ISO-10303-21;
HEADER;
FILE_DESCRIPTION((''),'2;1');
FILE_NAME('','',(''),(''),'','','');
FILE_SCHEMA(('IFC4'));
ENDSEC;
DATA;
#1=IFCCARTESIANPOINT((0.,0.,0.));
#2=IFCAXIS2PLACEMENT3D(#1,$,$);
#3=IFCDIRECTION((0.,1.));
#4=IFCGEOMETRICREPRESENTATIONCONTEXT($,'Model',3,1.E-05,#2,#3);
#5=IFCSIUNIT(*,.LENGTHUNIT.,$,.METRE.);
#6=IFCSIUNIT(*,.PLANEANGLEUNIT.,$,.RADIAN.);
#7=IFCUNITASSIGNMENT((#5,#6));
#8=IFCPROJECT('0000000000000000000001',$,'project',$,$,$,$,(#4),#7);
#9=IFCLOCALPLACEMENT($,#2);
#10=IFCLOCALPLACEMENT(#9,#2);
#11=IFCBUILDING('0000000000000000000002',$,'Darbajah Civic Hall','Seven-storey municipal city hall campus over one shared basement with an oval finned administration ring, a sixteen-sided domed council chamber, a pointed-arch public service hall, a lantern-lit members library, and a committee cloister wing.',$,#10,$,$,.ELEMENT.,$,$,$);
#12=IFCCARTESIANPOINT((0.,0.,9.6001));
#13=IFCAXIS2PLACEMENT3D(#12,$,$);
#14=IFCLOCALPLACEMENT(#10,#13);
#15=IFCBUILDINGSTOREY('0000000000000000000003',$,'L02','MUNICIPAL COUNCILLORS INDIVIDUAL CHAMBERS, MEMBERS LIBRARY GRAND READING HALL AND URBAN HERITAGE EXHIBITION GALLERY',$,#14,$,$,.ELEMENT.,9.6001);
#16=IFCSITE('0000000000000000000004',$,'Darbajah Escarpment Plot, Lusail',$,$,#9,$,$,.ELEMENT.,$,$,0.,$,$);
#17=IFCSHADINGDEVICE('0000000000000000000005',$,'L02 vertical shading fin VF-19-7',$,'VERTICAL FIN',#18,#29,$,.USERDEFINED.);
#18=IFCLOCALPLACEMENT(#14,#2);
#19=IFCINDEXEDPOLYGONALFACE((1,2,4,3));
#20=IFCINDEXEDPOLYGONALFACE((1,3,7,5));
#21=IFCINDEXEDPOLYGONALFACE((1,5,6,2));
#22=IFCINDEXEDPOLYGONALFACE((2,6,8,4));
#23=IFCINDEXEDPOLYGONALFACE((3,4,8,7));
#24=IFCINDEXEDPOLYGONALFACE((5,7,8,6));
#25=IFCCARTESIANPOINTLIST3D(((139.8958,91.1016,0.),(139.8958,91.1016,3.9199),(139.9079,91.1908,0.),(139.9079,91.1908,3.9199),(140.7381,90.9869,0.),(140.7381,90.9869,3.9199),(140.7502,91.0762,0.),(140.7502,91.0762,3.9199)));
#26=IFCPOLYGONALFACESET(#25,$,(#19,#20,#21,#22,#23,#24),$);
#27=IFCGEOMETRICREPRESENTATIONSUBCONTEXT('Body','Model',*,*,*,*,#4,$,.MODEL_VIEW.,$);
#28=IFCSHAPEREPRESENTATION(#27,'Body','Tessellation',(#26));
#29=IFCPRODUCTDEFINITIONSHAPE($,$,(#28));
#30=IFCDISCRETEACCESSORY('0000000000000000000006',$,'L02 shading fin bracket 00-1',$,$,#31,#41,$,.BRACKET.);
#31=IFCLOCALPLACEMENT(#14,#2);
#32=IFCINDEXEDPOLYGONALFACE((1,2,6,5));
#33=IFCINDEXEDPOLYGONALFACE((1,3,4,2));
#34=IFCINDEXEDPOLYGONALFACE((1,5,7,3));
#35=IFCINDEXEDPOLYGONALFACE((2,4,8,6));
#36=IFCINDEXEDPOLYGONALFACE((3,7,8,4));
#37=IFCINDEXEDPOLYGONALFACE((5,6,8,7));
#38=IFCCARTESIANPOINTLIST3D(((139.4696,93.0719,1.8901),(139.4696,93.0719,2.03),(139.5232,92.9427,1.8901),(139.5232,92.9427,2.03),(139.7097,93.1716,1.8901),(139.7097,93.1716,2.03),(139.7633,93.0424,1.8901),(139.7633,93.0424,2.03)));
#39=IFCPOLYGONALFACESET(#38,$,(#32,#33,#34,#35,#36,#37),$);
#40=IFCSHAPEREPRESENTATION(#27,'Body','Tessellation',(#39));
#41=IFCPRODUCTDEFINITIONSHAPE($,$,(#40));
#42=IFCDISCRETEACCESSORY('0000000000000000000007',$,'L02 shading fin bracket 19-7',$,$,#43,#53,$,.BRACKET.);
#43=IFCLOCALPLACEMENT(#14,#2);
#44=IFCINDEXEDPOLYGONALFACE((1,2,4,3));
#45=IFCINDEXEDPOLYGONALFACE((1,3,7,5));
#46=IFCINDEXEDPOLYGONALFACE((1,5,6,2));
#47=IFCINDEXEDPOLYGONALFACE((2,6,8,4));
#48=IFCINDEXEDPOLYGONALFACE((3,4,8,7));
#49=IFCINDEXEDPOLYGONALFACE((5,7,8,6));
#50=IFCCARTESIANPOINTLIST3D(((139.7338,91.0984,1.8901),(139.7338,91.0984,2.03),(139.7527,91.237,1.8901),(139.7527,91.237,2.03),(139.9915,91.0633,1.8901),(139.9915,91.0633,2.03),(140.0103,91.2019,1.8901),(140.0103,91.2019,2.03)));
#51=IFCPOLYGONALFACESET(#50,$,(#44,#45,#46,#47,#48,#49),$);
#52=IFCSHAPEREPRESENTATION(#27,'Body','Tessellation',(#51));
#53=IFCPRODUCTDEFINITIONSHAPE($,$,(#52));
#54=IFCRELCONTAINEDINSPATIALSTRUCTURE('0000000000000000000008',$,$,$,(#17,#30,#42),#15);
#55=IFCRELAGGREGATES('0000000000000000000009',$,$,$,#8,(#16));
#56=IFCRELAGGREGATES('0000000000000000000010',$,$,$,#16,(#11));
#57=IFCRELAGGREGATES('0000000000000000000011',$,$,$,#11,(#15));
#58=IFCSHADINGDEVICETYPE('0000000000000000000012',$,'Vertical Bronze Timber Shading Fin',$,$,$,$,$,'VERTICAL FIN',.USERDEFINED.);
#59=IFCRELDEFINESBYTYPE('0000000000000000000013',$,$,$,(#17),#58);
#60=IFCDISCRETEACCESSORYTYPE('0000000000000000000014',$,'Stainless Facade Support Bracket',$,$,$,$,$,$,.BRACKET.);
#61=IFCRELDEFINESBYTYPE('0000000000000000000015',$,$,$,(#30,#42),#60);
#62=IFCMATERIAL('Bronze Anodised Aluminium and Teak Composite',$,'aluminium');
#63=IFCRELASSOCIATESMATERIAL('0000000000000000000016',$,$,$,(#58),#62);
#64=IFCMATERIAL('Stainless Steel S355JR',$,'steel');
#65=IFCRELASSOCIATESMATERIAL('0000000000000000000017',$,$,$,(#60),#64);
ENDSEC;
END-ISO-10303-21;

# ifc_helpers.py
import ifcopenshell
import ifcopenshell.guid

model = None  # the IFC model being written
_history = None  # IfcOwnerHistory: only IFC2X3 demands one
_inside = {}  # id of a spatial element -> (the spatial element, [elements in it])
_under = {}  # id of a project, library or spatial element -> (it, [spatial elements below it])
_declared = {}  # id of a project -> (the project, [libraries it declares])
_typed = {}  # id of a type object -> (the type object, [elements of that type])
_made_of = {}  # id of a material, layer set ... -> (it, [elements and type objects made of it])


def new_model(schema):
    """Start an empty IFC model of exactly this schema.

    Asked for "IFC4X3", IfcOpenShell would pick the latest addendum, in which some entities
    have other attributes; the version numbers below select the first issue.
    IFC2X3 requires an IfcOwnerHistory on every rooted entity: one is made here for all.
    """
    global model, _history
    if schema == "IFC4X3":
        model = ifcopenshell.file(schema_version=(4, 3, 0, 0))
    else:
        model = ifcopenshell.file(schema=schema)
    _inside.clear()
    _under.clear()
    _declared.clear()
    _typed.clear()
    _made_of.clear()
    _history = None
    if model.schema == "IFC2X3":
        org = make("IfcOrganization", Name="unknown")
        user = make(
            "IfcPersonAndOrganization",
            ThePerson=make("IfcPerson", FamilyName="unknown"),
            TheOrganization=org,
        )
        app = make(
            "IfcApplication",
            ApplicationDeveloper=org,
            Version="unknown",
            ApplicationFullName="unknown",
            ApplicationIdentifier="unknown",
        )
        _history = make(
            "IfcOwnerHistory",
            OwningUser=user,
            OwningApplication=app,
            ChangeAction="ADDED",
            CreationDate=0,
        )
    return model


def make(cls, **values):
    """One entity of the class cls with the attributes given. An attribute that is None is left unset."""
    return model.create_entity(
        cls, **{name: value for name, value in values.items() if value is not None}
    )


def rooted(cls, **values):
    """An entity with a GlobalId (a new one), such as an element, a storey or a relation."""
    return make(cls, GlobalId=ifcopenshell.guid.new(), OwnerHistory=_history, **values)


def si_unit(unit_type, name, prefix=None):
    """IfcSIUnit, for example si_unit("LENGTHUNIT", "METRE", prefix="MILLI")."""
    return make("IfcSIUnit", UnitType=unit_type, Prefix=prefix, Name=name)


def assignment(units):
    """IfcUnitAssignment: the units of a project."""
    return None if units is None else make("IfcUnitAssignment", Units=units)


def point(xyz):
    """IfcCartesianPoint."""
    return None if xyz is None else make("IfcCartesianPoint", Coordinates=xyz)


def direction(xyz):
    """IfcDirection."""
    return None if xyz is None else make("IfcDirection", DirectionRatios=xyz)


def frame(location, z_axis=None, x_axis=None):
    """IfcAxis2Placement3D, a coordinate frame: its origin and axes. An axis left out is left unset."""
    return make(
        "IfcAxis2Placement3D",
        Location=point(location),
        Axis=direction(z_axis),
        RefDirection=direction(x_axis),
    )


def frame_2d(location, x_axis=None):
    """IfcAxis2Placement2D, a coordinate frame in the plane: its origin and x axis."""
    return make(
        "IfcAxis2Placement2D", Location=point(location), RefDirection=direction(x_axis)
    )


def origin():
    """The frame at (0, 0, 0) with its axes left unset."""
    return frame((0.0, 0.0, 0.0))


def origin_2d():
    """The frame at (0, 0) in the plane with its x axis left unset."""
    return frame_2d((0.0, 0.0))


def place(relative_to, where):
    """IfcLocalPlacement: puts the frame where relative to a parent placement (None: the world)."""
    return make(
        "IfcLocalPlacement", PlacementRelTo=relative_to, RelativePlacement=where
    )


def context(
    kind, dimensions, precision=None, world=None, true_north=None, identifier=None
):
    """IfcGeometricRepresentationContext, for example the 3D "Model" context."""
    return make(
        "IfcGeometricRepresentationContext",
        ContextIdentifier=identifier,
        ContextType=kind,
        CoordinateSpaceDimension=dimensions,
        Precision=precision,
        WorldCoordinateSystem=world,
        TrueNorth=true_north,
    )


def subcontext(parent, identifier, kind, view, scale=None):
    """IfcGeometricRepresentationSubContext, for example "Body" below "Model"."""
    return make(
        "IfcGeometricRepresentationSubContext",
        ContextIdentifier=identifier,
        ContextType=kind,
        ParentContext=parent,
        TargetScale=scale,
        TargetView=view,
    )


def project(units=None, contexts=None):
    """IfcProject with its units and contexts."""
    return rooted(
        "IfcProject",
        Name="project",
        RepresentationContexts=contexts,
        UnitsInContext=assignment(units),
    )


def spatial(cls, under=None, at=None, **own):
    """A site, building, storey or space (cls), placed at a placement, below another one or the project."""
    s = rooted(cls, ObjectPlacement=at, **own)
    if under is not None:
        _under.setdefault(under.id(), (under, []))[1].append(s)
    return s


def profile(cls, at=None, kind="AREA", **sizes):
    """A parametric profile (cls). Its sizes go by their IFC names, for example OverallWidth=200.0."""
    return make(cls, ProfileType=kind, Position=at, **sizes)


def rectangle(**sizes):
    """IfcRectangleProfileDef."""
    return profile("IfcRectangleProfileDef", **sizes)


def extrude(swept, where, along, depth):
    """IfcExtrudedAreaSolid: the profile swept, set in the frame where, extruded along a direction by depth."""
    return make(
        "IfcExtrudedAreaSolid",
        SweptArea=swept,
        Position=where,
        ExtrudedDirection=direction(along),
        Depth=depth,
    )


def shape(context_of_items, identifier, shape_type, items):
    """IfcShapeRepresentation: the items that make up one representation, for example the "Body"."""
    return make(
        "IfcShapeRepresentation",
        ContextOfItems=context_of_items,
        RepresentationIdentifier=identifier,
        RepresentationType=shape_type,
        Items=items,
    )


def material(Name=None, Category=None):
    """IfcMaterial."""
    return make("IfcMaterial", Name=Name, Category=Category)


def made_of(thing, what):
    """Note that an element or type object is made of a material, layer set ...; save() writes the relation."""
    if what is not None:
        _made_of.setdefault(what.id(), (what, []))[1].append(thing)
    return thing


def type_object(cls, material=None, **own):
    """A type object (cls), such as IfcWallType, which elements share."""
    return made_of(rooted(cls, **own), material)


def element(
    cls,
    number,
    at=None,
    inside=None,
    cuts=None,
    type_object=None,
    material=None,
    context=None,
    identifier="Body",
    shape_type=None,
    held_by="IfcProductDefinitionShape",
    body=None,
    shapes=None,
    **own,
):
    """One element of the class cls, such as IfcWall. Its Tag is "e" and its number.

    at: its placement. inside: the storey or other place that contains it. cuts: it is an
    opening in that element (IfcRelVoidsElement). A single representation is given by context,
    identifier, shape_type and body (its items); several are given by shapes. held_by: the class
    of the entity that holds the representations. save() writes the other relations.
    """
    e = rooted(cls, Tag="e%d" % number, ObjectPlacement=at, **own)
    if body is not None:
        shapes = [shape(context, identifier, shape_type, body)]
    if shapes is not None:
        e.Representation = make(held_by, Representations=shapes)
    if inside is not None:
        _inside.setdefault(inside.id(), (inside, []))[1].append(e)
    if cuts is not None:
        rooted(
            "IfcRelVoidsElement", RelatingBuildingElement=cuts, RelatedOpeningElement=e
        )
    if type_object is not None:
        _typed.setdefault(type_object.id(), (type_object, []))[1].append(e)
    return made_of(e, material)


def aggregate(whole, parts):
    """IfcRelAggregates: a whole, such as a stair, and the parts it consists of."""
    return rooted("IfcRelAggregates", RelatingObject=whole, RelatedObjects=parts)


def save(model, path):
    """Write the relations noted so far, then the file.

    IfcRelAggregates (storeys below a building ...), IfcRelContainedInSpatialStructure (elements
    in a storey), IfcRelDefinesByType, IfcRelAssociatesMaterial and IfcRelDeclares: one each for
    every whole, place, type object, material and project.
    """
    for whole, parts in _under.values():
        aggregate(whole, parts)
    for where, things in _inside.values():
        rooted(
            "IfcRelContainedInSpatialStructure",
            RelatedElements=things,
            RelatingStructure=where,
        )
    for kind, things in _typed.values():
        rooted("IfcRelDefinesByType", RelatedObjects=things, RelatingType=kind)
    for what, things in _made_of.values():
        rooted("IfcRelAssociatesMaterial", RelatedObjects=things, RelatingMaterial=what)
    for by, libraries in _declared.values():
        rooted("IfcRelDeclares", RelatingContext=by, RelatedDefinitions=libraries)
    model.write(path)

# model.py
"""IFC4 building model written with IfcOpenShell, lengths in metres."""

from ifc_helpers import new_model, si_unit, direction, frame, origin, origin_2d, place, context, subcontext, project, spatial, rectangle, extrude, material, type_object, element, save


model = new_model("IFC4")

# Units and contexts
model_context = context("Model", 3, precision=1e-05, world=origin(), true_north=direction((0.0, 1.0)))
body_context = subcontext(model_context, "Body", "Model", "MODEL_VIEW")
ifc_project = project(units=[si_unit("LENGTHUNIT", "METRE"), si_unit("PLANEANGLEUNIT", "RADIAN")], contexts=[model_context])

# Site, building, storey
site_placement = place(None, origin())
site = spatial("IfcSite", under=ifc_project, at=site_placement, Name="Darbajah Escarpment Plot, Lusail", CompositionType="ELEMENT", RefElevation=0.0)
building_placement = place(site_placement, origin())
building = spatial("IfcBuilding", under=site, at=building_placement, Name="Darbajah Civic Hall", Description="Seven-storey municipal city hall campus over one shared basement with an oval finned administration ring, a sixteen-sided domed council chamber, a pointed-arch public service hall, a lantern-lit members library, and a committee cloister wing.", CompositionType="ELEMENT")
storey_placement = place(building_placement, frame((0.0, 0.0, 9.6001)))
storey = spatial("IfcBuildingStorey", under=building, at=storey_placement, Name="L02", Description="MUNICIPAL COUNCILLORS INDIVIDUAL CHAMBERS, MEMBERS LIBRARY GRAND READING HALL AND URBAN HERITAGE EXHIBITION GALLERY", CompositionType="ELEMENT", Elevation=9.6001)

# Shading device
ifc_material_1 = material(Name="Bronze Anodised Aluminium and Teak Composite", Category="aluminium")
shading_device_type = type_object("IfcShadingDeviceType", Name="Vertical Bronze Timber Shading Fin", ElementType="VERTICAL FIN", PredefinedType="USERDEFINED", material=ifc_material_1)
for number, where, z_axis, x_axis, name in (
    (1, (140.323, 91.0889, 0.0), (0.0, 0.0, 1.0), (0.990866, -0.134851, 0.0), "L02 vertical shading fin VF-19-7"),
):
    element("IfcShadingDevice", number, at=place(storey_placement, frame(where, z_axis=z_axis, x_axis=x_axis)), inside=storey, type_object=shading_device_type, Name=name, ObjectType="VERTICAL FIN", PredefinedType="USERDEFINED", context=body_context, shape_type="SweptSolid", body=[
        extrude(rectangle(XDim=0.8501, YDim=0.0901, at=origin_2d()), origin(), (0.0, 0.0, 1.0), 3.9199),
    ])

# Discrete accessories
ifc_material_2 = material(Name="Stainless Steel S355JR", Category="steel")
discrete_accessory_type = type_object("IfcDiscreteAccessoryType", Name="Stainless Facade Support Bracket", PredefinedType="BRACKET", material=ifc_material_2)
for number, where, z_axis, x_axis, name in (
    (2, (139.6165, 93.0571, 1.8901), (0.0, 0.0, 1.0), (0.923612, 0.383328, 0.0), "L02 shading fin bracket 00-1"),
    (3, (139.8721, 91.1501, 1.8901), (0.0, 0.0, 1.0), (0.990866, -0.134851, 0.0), "L02 shading fin bracket 19-7"),
):
    element("IfcDiscreteAccessory", number, at=place(storey_placement, frame(where, z_axis=z_axis, x_axis=x_axis)), inside=storey, type_object=discrete_accessory_type, Name=name, PredefinedType="BRACKET", context=body_context, shape_type="SweptSolid", body=[
        extrude(rectangle(XDim=0.26, YDim=0.1399, at=origin_2d()), origin(), (0.0, 0.0, 1.0), 0.1399),
    ])

save(model, "model.ifc")
